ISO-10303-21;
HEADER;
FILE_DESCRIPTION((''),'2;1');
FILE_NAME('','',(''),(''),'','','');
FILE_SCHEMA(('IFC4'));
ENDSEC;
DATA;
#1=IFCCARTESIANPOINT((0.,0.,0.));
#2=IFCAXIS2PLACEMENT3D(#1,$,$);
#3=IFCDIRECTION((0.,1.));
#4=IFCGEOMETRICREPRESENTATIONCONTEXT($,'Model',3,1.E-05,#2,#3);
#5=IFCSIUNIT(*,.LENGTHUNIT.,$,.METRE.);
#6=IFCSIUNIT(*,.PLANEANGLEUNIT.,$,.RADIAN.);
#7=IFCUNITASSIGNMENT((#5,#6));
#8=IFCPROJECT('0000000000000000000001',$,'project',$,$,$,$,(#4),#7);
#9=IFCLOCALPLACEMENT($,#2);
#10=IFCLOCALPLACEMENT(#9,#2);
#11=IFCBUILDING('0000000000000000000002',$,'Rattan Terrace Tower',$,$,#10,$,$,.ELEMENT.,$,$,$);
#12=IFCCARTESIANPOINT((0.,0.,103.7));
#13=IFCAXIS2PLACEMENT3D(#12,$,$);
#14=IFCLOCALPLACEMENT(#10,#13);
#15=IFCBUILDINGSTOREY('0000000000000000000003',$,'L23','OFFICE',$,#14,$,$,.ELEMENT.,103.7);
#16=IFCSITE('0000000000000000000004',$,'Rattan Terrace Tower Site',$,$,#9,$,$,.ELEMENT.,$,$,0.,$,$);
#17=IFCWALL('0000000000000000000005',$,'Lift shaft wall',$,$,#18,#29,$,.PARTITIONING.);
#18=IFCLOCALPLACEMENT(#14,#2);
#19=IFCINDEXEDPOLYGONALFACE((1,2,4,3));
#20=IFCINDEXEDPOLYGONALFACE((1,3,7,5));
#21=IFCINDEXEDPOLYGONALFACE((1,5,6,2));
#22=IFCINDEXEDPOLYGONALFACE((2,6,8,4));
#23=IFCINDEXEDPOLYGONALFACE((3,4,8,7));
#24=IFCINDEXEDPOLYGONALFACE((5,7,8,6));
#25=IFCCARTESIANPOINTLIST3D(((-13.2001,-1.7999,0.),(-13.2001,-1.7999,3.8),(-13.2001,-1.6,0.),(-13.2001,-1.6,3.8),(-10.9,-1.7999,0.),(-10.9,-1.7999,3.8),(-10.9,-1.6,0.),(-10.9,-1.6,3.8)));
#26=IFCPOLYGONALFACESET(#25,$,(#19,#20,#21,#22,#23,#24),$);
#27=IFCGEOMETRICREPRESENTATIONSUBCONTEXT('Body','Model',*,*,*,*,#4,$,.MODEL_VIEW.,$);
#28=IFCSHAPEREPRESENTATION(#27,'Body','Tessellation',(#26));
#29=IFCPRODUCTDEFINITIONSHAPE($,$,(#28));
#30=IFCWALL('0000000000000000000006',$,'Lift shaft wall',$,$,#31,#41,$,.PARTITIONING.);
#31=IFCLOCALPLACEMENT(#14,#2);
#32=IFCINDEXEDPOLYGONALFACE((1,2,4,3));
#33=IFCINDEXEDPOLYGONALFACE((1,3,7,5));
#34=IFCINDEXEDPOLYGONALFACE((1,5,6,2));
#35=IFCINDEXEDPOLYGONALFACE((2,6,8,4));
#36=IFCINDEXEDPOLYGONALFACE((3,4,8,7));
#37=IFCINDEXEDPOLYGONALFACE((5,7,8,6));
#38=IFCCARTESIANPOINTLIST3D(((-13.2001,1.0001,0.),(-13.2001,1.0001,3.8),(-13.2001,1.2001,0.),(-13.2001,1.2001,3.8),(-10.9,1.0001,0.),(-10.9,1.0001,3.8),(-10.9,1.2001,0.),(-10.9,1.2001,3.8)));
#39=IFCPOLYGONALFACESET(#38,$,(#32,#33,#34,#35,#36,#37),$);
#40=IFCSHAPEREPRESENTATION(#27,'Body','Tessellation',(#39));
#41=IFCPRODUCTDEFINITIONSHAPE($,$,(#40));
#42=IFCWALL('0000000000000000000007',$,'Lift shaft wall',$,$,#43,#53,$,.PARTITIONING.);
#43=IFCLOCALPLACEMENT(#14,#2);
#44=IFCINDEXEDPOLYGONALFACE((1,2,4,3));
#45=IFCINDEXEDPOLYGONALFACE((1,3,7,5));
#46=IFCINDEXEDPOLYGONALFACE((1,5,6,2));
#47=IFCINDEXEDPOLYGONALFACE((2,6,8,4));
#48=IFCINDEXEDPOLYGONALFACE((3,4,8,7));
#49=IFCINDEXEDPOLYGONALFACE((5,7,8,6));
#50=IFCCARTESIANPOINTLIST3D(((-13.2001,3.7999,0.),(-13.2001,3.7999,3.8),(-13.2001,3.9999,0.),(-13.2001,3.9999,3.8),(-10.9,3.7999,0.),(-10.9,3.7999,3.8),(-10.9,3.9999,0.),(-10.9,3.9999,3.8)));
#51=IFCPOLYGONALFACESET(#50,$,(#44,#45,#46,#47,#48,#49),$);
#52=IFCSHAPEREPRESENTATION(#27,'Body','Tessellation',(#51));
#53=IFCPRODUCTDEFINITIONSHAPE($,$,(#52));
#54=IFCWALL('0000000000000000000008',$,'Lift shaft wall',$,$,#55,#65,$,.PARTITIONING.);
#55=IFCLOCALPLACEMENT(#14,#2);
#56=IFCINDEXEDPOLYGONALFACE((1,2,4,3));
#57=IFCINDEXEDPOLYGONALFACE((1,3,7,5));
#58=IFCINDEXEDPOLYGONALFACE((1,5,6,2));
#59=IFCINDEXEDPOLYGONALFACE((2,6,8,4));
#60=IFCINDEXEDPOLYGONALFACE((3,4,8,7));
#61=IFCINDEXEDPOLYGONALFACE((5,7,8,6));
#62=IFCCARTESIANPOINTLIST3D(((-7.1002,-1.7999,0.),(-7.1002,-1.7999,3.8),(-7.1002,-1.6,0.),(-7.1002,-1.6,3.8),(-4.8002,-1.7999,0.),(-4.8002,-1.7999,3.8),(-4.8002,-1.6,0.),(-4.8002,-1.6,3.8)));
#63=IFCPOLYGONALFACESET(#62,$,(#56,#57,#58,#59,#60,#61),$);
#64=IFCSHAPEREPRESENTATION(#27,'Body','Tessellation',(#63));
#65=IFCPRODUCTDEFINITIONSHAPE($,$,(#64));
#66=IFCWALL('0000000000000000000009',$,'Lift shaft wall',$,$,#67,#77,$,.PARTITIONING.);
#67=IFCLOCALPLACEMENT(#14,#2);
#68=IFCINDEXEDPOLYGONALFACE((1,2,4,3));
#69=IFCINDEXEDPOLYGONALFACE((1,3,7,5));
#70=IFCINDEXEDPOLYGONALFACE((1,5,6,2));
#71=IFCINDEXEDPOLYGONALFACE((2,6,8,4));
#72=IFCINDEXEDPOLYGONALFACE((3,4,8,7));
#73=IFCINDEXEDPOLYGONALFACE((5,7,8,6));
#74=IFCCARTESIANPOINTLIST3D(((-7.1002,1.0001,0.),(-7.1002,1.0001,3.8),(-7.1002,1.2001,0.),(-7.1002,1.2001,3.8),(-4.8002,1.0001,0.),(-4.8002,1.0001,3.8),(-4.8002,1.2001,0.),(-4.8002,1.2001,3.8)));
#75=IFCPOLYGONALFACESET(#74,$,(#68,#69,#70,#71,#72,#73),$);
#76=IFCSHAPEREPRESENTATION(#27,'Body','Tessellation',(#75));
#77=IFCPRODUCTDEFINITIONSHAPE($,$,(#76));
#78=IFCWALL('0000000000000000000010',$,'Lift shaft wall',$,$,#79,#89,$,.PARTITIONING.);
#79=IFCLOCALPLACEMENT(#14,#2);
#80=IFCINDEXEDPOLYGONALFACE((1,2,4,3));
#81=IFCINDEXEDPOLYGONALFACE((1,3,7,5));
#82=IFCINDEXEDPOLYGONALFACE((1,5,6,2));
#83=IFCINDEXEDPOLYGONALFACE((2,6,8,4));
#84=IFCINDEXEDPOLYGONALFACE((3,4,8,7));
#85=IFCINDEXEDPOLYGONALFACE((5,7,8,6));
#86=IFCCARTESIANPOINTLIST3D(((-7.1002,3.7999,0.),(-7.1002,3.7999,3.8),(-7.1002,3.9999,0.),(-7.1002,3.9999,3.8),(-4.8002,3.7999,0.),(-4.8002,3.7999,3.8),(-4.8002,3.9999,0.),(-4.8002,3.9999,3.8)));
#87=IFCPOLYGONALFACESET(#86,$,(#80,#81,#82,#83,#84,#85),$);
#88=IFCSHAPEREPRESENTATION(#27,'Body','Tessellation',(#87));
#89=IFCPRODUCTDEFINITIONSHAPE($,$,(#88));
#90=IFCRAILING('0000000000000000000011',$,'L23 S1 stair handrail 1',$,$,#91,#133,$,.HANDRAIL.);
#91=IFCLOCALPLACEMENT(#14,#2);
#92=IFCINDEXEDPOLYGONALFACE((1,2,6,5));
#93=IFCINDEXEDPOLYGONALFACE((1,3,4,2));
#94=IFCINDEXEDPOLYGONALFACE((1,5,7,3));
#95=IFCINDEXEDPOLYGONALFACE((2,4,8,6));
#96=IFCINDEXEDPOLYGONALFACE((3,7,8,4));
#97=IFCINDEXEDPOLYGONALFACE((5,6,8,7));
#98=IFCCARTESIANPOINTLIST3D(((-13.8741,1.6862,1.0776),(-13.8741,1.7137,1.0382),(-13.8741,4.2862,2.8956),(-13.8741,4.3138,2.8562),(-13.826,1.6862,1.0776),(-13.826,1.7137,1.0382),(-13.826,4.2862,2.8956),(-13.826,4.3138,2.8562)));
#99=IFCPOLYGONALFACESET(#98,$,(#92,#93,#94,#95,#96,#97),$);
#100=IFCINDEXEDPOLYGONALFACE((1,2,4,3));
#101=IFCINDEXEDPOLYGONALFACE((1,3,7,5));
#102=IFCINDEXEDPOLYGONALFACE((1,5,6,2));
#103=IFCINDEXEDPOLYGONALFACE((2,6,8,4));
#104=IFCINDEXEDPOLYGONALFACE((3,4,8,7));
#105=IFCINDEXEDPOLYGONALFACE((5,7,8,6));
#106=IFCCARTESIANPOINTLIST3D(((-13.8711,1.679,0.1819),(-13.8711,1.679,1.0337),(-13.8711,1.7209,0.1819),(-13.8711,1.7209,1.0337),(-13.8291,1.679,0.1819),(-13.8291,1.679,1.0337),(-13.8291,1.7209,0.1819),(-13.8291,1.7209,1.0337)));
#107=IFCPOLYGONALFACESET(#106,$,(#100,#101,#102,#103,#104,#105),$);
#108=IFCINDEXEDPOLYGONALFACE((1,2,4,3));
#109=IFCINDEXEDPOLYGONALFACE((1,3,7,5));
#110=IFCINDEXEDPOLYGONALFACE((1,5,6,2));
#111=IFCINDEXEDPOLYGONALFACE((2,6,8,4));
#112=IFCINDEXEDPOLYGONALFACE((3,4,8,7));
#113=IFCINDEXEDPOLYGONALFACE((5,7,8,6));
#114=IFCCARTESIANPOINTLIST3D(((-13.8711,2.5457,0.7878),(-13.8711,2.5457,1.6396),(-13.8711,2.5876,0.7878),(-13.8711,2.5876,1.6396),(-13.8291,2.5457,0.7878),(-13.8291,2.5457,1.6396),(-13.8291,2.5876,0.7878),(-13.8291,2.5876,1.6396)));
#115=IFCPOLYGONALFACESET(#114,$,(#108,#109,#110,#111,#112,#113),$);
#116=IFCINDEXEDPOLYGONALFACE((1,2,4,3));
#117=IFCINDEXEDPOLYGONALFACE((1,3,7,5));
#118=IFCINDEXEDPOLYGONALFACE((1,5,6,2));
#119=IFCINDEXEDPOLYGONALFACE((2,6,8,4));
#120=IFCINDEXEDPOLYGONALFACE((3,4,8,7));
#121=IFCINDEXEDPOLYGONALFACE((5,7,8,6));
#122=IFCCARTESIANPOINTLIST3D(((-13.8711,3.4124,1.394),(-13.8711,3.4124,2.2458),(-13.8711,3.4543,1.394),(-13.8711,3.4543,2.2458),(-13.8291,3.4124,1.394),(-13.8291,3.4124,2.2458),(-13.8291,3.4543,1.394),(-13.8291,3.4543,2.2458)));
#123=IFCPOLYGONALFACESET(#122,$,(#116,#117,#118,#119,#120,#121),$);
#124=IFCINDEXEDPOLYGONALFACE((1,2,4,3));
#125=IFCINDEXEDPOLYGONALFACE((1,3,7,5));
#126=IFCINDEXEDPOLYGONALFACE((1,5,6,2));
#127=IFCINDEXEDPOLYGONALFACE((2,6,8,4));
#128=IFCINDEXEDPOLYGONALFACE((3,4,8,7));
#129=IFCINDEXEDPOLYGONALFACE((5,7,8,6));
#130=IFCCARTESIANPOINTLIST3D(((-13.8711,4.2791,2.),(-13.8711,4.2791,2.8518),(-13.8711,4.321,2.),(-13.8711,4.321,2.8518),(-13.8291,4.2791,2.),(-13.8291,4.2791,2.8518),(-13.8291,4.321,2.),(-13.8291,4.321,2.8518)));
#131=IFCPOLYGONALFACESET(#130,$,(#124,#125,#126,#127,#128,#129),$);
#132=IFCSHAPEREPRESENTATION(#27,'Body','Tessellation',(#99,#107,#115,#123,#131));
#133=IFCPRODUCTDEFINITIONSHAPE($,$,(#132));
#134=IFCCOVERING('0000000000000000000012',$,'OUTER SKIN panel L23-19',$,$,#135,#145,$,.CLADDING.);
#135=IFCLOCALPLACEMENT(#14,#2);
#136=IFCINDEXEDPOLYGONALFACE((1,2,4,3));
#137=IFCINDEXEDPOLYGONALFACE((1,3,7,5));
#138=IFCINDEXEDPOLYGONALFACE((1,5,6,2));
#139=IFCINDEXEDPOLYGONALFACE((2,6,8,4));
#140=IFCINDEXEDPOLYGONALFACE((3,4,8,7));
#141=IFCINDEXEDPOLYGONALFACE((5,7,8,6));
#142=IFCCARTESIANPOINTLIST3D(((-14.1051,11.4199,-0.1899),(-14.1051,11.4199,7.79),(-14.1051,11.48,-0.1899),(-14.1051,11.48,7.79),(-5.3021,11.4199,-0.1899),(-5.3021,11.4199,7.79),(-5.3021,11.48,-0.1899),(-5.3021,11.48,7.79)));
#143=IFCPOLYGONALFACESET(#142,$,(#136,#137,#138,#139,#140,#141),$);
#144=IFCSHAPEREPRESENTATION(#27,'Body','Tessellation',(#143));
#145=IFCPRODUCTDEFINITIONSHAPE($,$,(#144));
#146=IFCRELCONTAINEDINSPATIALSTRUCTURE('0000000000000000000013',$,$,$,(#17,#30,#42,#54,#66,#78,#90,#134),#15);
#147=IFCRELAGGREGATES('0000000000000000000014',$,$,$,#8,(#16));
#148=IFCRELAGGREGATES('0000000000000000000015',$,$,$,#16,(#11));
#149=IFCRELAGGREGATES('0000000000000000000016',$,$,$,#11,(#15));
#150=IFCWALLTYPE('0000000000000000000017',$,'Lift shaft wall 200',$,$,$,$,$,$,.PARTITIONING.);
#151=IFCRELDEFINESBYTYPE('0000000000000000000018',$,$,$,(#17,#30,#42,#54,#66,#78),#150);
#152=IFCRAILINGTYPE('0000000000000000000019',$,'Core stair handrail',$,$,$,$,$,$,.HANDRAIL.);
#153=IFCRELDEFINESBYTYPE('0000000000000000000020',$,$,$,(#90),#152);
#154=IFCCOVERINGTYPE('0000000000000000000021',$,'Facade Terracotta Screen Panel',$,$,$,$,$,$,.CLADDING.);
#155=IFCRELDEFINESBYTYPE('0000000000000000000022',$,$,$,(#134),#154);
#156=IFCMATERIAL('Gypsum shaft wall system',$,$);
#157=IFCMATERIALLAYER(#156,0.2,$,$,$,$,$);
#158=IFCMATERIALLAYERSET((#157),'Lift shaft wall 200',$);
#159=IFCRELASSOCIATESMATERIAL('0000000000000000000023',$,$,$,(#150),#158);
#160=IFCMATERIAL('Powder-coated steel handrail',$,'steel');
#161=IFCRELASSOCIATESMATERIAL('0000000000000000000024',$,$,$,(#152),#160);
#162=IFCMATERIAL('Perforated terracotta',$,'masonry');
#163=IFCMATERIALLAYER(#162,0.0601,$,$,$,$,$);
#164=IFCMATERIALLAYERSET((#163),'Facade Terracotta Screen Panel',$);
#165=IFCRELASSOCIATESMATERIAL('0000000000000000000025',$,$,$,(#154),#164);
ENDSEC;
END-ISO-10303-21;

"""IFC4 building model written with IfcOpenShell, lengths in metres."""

from ifc_helpers import new_model, si_unit, direction, frame, frame_2d, origin, origin_2d, place, context, subcontext, project, spatial, rectangle, extrude, material, layer, layer_set, type_object, element, save


model = new_model("IFC4")

# Units and contexts
model_context = context("Model", 3, precision=1e-05, world=origin(), true_north=direction((0.0, 1.0)))
body_context = subcontext(model_context, "Body", "Model", "MODEL_VIEW")
ifc_project = project(units=[si_unit("LENGTHUNIT", "METRE"), si_unit("PLANEANGLEUNIT", "RADIAN")], contexts=[model_context])

# Site, building, storey
site_placement = place(None, origin())
site = spatial("IfcSite", under=ifc_project, at=site_placement, Name="Rattan Terrace Tower Site", CompositionType="ELEMENT", RefElevation=0.0)
building_placement = place(site_placement, origin())
building = spatial("IfcBuilding", under=site, at=building_placement, Name="Rattan Terrace Tower", CompositionType="ELEMENT")
storey_placement = place(building_placement, frame((0.0, 0.0, 103.7)))
storey = spatial("IfcBuildingStorey", under=building, at=storey_placement, Name="L23", Description="OFFICE", CompositionType="ELEMENT", Elevation=103.7)

# Walls
ifc_material_1 = material(Name="Gypsum shaft wall system")
ifc_layer_1 = layer(ifc_material_1, 0.2)
ifc_layer_set_1 = layer_set([ifc_layer_1], Name="Lift shaft wall 200")
wall_type_1 = type_object("IfcWallType", Name="Lift shaft wall 200", PredefinedType="PARTITIONING", material=ifc_layer_set_1)
for number, where, z_axis, x_axis, name in (
    (1, (-13.2, -1.7, 0.0), (0.0, 0.0, 1.0), (1.0, 0.0, 0.0), "Lift shaft wall"),
    (2, (-13.2, 1.1001, 0.0), (0.0, 0.0, 1.0), (1.0, 0.0, 0.0), "Lift shaft wall"),
    (3, (-13.2, 3.8999, 0.0), (0.0, 0.0, 1.0), (1.0, 0.0, 0.0), "Lift shaft wall"),
    (4, (-7.1001, -1.7, 0.0), (0.0, 0.0, 1.0), (1.0, 0.0, 0.0), "Lift shaft wall"),
    (5, (-7.1001, 1.1001, 0.0), (0.0, 0.0, 1.0), (1.0, 0.0, 0.0), "Lift shaft wall"),
    (6, (-7.1001, 3.8999, 0.0), (0.0, 0.0, 1.0), (1.0, 0.0, 0.0), "Lift shaft wall"),
):
    element("IfcWall", number, at=place(storey_placement, frame(where, z_axis=z_axis, x_axis=x_axis)), inside=storey, type_object=wall_type_1, Name=name, PredefinedType="PARTITIONING", context=body_context, shape_type="SweptSolid", body=[
        extrude(rectangle(XDim=2.3, YDim=0.2, at=frame_2d((1.1499, 0.0))), origin(), (0.0, 0.0, 1.0), 3.8),
    ])

# Railing
ifc_material_2 = material(Name="Powder-coated steel handrail", Category="steel")
railing_type = type_object("IfcRailingType", Name="Core stair handrail", PredefinedType="HANDRAIL", material=ifc_material_2)
railing_placement = place(storey_placement, frame((-13.8501, 1.7, 0.1819)))
element("IfcRailing", 7, at=railing_placement, inside=storey, type_object=railing_type, Name="L23 S1 stair handrail 1", PredefinedType="HANDRAIL", context=body_context, shape_type="SweptSolid", body=[
    extrude(rectangle(XDim=0.0481, YDim=0.0481, at=origin_2d()), frame((0.0, 0.0, 0.876), z_axis=(0.0, 0.819521, 0.573049), x_axis=(-1.0, 0.0, 0.0)), (0.0, 0.0, 1.0), 3.1726),
    extrude(rectangle(XDim=0.042, YDim=0.042, at=origin_2d()), origin(), (0.0, 0.0, 1.0), 0.8518),
    extrude(rectangle(XDim=0.042, YDim=0.042, at=origin_2d()), frame((0.0, 0.8667, 0.606)), (0.0, 0.0, 1.0), 0.8518),
    extrude(rectangle(XDim=0.042, YDim=0.042, at=origin_2d()), frame((0.0, 1.7334, 1.2122)), (0.0, 0.0, 1.0), 0.8518),
    extrude(rectangle(XDim=0.042, YDim=0.042, at=origin_2d()), frame((0.0, 2.6001, 1.8181)), (0.0, 0.0, 1.0), 0.8518),
])

# Covering
ifc_material_3 = material(Name="Perforated terracotta", Category="masonry")
ifc_layer_2 = layer(ifc_material_3, 0.0601)
ifc_layer_set_2 = layer_set([ifc_layer_2], Name="Facade Terracotta Screen Panel")
covering_type = type_object("IfcCoveringType", Name="Facade Terracotta Screen Panel", PredefinedType="CLADDING", material=ifc_layer_set_2)
covering_placement = place(storey_placement, frame((-9.7036, 11.45, -0.1899), z_axis=(0.0, 0.0, 1.0), x_axis=(-1.0, 0.0, 0.0)))
element("IfcCovering", 8, at=covering_placement, inside=storey, type_object=covering_type, Name="OUTER SKIN panel L23-19", PredefinedType="CLADDING", context=body_context, shape_type="SweptSolid", body=[
    extrude(rectangle(XDim=8.803, YDim=0.0601, at=origin_2d()), origin(), (0.0, 0.0, 1.0), 7.98),
])

save(model, "model.ifc")
